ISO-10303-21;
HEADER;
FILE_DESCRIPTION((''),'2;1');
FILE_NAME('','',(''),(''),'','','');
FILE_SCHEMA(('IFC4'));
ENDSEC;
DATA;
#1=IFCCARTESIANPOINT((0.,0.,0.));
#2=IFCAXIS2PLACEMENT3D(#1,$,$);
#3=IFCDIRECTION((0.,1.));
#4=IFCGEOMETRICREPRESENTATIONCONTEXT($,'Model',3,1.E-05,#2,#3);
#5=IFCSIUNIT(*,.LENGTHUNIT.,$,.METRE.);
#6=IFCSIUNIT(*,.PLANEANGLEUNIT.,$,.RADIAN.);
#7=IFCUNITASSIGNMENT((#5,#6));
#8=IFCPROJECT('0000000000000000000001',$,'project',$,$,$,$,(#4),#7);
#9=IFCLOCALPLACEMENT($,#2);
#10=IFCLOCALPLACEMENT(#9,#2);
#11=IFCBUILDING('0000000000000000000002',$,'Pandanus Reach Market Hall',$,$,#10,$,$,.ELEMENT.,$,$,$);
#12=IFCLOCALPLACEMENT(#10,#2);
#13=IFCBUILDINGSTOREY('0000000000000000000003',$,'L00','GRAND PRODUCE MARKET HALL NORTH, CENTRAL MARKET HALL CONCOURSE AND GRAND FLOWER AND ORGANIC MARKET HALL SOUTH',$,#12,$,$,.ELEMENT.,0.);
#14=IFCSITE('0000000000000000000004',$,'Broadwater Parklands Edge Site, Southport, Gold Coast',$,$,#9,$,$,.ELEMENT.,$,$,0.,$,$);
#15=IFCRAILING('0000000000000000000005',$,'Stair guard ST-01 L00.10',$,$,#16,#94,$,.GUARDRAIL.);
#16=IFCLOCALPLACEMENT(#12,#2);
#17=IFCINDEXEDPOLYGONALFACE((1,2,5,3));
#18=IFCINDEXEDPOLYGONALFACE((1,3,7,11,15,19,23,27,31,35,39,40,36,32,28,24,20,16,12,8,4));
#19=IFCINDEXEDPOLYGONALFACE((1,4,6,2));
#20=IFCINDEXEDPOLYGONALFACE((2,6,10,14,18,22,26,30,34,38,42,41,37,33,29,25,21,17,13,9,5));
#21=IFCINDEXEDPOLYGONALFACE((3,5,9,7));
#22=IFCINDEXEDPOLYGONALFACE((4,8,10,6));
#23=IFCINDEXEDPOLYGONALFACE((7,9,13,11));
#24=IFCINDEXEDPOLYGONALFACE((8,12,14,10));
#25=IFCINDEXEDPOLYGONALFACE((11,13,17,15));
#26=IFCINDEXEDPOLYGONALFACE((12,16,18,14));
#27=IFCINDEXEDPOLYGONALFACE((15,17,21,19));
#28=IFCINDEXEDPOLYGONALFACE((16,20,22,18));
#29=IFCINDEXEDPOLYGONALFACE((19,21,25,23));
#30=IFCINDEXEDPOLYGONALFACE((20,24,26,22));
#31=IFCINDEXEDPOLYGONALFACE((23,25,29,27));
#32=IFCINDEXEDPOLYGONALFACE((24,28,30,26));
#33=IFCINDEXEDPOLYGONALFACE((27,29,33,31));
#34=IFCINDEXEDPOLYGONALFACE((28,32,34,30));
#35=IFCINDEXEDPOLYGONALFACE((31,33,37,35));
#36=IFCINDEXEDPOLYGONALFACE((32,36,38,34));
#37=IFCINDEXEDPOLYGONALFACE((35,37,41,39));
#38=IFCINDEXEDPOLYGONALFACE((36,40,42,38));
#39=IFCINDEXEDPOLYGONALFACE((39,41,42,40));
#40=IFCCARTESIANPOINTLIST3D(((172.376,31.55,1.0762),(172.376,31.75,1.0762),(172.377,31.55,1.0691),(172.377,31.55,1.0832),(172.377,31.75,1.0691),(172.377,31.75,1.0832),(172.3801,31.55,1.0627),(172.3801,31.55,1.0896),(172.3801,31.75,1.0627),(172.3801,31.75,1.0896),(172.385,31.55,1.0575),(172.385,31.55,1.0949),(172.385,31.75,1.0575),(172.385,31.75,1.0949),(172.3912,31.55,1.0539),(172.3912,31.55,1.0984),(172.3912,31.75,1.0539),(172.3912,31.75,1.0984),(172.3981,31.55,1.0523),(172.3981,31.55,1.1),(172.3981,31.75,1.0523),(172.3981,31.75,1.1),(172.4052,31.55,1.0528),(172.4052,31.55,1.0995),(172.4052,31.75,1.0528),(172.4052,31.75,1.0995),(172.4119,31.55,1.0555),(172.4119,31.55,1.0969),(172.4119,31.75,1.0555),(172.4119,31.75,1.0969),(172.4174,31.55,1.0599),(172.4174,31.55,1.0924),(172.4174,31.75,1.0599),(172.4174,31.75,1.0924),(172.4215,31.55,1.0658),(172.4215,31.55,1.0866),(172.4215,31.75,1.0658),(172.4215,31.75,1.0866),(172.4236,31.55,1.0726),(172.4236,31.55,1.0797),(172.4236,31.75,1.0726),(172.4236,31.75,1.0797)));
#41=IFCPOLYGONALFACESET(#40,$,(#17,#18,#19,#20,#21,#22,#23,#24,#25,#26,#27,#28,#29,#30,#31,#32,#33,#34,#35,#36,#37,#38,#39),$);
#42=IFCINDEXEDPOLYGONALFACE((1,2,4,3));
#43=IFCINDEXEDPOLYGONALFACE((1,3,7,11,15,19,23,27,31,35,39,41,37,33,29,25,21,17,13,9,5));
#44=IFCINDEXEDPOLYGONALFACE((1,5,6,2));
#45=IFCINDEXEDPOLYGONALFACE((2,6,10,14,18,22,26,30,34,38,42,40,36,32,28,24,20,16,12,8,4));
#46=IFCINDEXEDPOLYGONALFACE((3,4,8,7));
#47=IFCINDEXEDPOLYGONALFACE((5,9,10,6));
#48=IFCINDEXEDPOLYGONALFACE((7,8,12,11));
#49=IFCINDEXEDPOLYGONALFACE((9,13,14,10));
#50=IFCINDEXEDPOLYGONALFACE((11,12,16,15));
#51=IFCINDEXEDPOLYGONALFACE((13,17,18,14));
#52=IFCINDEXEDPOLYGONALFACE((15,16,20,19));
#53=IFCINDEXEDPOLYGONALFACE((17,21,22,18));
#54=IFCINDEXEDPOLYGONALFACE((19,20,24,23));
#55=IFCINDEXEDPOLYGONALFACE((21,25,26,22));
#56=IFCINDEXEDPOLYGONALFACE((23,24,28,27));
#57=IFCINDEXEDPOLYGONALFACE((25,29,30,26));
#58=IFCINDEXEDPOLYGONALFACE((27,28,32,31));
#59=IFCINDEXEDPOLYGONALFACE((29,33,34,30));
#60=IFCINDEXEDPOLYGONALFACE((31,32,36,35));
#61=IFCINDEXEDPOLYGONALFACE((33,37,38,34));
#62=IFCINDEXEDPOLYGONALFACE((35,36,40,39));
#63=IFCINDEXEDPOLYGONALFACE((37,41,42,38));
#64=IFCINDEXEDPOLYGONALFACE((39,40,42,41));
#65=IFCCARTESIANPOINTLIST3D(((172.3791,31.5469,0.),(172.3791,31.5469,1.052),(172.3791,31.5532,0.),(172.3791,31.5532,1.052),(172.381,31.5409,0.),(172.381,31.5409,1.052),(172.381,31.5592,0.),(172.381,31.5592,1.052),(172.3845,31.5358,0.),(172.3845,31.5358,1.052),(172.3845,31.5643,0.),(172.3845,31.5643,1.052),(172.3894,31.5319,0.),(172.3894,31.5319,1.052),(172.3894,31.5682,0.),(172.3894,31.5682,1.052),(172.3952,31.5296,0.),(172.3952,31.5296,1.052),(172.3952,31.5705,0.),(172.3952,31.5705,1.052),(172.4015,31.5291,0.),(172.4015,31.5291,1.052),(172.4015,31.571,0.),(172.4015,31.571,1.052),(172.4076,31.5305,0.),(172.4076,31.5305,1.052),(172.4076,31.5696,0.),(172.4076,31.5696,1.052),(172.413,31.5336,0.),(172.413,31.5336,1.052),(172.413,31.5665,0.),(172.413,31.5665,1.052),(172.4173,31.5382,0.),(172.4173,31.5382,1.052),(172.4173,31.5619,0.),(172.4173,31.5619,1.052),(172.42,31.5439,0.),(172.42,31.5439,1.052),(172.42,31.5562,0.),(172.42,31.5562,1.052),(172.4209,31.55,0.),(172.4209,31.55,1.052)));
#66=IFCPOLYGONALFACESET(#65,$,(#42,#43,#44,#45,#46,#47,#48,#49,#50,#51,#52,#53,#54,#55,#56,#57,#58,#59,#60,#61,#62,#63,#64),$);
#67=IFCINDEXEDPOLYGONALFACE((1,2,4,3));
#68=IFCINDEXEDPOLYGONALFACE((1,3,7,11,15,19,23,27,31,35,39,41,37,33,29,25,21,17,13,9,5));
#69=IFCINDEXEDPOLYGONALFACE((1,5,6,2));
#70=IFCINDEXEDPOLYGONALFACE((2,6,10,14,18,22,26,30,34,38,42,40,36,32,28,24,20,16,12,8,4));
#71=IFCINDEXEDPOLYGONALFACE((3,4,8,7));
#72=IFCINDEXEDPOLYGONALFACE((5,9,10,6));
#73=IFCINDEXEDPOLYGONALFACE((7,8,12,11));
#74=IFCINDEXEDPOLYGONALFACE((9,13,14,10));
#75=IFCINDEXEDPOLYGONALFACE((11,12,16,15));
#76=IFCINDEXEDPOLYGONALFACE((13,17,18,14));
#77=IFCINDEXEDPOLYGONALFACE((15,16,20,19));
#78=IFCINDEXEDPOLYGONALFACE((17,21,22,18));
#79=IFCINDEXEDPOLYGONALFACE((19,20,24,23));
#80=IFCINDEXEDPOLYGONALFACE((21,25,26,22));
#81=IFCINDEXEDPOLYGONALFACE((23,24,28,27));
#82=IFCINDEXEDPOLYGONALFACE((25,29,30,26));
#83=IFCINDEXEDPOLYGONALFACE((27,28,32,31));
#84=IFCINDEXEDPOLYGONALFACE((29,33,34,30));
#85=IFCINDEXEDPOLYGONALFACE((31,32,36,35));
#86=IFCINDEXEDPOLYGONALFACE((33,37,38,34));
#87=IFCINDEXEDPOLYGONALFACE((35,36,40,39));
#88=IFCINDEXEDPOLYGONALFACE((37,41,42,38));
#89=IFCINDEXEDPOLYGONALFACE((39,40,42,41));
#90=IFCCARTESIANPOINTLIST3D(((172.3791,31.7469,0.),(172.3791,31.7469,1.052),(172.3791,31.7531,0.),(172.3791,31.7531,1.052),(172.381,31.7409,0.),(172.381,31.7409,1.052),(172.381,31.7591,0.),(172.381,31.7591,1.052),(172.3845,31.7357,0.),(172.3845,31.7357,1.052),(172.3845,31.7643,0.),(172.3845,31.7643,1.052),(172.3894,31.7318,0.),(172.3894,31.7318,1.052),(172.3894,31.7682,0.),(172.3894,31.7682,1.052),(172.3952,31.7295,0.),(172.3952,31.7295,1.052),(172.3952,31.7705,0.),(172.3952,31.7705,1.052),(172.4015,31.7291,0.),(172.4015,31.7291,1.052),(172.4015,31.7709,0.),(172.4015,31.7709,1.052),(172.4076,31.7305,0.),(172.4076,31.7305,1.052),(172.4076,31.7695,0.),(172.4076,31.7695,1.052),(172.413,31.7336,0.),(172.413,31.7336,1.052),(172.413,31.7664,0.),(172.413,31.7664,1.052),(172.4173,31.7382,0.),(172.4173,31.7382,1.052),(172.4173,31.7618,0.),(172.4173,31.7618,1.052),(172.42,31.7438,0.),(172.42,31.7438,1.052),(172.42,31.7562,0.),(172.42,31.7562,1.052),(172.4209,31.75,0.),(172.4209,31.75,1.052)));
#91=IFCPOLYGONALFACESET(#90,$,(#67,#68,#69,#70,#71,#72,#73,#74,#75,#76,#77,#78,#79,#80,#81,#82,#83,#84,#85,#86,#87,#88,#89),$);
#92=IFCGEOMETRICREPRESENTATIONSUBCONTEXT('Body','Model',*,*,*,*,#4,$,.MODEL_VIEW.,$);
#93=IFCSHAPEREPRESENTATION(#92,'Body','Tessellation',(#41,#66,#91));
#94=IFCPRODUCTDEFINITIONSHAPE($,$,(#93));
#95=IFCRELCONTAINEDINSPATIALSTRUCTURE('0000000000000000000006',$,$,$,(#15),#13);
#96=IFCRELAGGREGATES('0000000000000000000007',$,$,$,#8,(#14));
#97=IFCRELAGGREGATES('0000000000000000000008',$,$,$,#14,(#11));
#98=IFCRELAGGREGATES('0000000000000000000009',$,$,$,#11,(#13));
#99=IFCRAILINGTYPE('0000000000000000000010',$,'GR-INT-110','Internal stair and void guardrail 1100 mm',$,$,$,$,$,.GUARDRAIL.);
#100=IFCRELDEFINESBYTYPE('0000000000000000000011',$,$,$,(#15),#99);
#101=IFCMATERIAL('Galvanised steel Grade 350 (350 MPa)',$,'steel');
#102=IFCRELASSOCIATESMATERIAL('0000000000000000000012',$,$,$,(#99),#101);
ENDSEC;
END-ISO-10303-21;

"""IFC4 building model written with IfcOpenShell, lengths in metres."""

from ifc_helpers import new_model, si_unit, direction, frame, origin, origin_2d, place, context, subcontext, project, spatial, circle, extrude, material, type_object, element, save


model = new_model("IFC4")

# Units and contexts
model_context = context("Model", 3, precision=1e-05, world=origin(), true_north=direction((0.0, 1.0)))
body_context = subcontext(model_context, "Body", "Model", "MODEL_VIEW")
ifc_project = project(units=[si_unit("LENGTHUNIT", "METRE"), si_unit("PLANEANGLEUNIT", "RADIAN")], contexts=[model_context])

# Site, building, storey
site_placement = place(None, origin())
site = spatial("IfcSite", under=ifc_project, at=site_placement, Name="Broadwater Parklands Edge Site, Southport, Gold Coast", CompositionType="ELEMENT", RefElevation=0.0)
building_placement = place(site_placement, origin())
building = spatial("IfcBuilding", under=site, at=building_placement, Name="Pandanus Reach Market Hall", CompositionType="ELEMENT")
storey_placement = place(building_placement, origin())
storey = spatial("IfcBuildingStorey", under=building, at=storey_placement, Name="L00", Description="GRAND PRODUCE MARKET HALL NORTH, CENTRAL MARKET HALL CONCOURSE AND GRAND FLOWER AND ORGANIC MARKET HALL SOUTH", CompositionType="ELEMENT", Elevation=0.0)

# Railing
ifc_material_1 = material(Name="Galvanised steel Grade 350 (350 MPa)", Category="steel")
railing_type_1 = type_object("IfcRailingType", Name="GR-INT-110", Description="Internal stair and void guardrail 1100 mm", PredefinedType="GUARDRAIL", material=ifc_material_1)
railing_1_placement = place(storey_placement, frame((172.3999, 31.55, 0.0)))
element("IfcRailing", 1, at=railing_1_placement, inside=storey, type_object=railing_type_1, Name="Stair guard ST-01 L00.10", PredefinedType="GUARDRAIL", context=body_context, shape_type="SweptSolid", body=[
    extrude(circle(Radius=0.0239, at=origin_2d()), frame((0.0, 0.0, 1.0762), z_axis=(0.0, 1.0, 0.0), x_axis=(-1.0, 0.0, 0.0)), (0.0, 0.0, 1.0), 0.2),
    extrude(circle(Radius=0.021, at=origin_2d()), origin(), (0.0, 0.0, 1.0), 1.052),
    extrude(circle(Radius=0.021, at=origin_2d()), frame((0.0, 0.2, 0.0)), (0.0, 0.0, 1.0), 1.052),
])

save(model, "model.ifc")
